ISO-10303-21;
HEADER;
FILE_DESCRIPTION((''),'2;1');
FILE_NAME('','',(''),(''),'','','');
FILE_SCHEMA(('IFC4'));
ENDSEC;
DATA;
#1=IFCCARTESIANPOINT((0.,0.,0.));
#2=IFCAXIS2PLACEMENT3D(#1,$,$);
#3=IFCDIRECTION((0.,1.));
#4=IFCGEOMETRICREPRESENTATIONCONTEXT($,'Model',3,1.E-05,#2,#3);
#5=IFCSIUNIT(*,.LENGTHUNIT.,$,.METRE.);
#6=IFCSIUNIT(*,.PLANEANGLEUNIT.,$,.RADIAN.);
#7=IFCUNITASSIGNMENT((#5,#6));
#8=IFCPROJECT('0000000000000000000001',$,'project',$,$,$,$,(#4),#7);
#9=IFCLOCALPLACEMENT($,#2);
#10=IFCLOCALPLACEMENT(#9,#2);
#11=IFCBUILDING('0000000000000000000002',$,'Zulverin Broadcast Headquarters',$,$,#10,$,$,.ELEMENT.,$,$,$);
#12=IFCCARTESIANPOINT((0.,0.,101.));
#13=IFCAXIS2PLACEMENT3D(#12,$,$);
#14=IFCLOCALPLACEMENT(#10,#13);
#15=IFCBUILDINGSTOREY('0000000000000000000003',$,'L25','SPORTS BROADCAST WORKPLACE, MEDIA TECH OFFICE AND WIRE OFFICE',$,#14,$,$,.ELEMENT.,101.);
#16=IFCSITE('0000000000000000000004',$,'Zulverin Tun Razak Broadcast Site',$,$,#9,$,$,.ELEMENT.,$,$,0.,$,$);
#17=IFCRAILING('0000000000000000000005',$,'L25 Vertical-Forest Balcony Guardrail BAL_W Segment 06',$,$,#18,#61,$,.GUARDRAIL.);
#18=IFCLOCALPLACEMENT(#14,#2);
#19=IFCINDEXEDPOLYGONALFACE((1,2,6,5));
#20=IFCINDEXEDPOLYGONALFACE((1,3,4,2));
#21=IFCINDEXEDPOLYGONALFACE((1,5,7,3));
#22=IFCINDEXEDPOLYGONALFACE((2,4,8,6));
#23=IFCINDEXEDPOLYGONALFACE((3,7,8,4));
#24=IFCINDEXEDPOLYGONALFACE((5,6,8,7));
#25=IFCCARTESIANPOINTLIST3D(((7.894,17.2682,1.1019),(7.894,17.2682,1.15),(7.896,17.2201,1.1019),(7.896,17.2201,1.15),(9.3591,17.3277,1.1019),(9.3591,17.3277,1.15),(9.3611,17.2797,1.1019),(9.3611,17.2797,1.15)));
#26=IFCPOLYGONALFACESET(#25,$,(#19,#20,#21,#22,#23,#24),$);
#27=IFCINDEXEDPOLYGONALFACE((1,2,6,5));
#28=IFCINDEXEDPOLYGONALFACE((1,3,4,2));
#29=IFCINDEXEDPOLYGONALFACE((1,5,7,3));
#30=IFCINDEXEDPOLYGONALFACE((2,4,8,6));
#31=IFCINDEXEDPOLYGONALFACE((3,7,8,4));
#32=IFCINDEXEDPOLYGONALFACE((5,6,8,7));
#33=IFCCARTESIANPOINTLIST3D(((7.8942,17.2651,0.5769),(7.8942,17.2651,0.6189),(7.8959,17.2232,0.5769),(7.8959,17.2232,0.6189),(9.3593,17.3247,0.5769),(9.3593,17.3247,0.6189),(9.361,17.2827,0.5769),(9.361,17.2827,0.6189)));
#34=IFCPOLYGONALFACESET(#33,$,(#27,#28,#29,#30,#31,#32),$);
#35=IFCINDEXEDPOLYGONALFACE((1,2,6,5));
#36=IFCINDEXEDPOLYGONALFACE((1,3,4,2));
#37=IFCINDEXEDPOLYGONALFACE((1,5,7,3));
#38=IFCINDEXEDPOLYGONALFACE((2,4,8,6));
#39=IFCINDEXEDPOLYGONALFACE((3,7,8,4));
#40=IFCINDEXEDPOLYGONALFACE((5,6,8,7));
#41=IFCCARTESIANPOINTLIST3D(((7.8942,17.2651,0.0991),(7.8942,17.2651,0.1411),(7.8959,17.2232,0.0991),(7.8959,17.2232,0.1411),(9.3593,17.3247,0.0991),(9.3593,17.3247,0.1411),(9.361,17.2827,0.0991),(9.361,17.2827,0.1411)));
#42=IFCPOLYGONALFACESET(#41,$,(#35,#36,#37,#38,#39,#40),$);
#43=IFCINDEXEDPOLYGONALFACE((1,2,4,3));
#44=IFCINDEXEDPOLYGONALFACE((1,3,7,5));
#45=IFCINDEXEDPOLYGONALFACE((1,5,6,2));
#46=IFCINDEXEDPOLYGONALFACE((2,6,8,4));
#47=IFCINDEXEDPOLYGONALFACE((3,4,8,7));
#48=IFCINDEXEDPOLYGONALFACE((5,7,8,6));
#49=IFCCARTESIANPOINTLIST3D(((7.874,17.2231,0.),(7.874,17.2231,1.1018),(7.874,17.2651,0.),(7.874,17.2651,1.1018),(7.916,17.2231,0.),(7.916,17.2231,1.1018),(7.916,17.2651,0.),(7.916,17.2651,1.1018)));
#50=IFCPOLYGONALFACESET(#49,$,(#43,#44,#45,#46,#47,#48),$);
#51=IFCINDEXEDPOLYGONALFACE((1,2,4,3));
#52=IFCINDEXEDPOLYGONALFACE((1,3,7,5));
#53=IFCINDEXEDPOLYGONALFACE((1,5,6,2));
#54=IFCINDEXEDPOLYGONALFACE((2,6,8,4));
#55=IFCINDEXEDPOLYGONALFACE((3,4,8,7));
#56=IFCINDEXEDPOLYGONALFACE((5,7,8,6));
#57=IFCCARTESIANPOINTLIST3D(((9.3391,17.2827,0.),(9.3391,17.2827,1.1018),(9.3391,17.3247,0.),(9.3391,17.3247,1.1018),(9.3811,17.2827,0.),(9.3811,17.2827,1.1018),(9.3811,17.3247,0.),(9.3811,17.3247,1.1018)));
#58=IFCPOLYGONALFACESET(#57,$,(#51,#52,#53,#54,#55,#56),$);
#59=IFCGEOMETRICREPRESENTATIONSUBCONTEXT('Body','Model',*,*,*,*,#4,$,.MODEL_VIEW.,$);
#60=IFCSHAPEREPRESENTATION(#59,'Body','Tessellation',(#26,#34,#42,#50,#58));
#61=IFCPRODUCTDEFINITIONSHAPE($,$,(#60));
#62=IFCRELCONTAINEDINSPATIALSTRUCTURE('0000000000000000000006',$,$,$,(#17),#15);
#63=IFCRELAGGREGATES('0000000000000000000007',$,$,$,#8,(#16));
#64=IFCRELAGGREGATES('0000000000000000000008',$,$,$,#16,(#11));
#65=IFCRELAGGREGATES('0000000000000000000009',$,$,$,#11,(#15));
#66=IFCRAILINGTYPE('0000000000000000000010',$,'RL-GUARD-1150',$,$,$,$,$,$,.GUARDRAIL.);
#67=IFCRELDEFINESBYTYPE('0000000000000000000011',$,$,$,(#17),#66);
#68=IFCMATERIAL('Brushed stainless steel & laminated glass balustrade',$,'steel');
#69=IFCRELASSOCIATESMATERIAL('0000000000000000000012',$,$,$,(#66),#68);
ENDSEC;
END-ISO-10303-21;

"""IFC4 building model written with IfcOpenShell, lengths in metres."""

from ifc_helpers import new_model, si_unit, direction, frame, origin, origin_2d, place, context, subcontext, project, spatial, rectangle, extrude, material, type_object, element, save


model = new_model("IFC4")

# Units and contexts
model_context = context("Model", 3, precision=1e-05, world=origin(), true_north=direction((0.0, 1.0)))
body_context = subcontext(model_context, "Body", "Model", "MODEL_VIEW")
ifc_project = project(units=[si_unit("LENGTHUNIT", "METRE"), si_unit("PLANEANGLEUNIT", "RADIAN")], contexts=[model_context])

# Site, building, storey
site_placement = place(None, origin())
site = spatial("IfcSite", under=ifc_project, at=site_placement, Name="Zulverin Tun Razak Broadcast Site", CompositionType="ELEMENT", RefElevation=0.0)
building_placement = place(site_placement, origin())
building = spatial("IfcBuilding", under=site, at=building_placement, Name="Zulverin Broadcast Headquarters", CompositionType="ELEMENT")
storey_placement = place(building_placement, frame((0.0, 0.0, 101.0)))
storey = spatial("IfcBuildingStorey", under=building, at=storey_placement, Name="L25", Description="SPORTS BROADCAST WORKPLACE, MEDIA TECH OFFICE AND WIRE OFFICE", CompositionType="ELEMENT", Elevation=101.0)

# Railing
ifc_material_1 = material(Name="Brushed stainless steel & laminated glass balustrade", Category="steel")
railing_type = type_object("IfcRailingType", Name="RL-GUARD-1150", PredefinedType="GUARDRAIL", material=ifc_material_1)
railing_1_placement = place(storey_placement, frame((7.895, 17.2441, 0.0)))
element("IfcRailing", 1, at=railing_1_placement, inside=storey, type_object=railing_type, Name="L25 Vertical-Forest Balcony Guardrail BAL_W Segment 06", PredefinedType="GUARDRAIL", context=body_context, shape_type="SweptSolid", body=[
    extrude(rectangle(XDim=0.0481, YDim=0.0481, at=origin_2d()), frame((0.0, 0.0, 1.126), z_axis=(0.999174, 0.040626, 0.0), x_axis=(-0.040626, 0.999174, 0.0)), (0.0, 0.0, 1.0), 1.4663),
    extrude(rectangle(XDim=0.042, YDim=0.042, at=origin_2d()), frame((0.0, 0.0, 0.5979), z_axis=(0.999174, 0.040626, 0.0), x_axis=(-0.040626, 0.999174, 0.0)), (0.0, 0.0, 1.0), 1.4663),
    extrude(rectangle(XDim=0.042, YDim=0.042, at=origin_2d()), frame((0.0, 0.0, 0.1201), z_axis=(0.999174, 0.040626, 0.0), x_axis=(-0.040626, 0.999174, 0.0)), (0.0, 0.0, 1.0), 1.4663),
    extrude(rectangle(XDim=0.042, YDim=0.042, at=origin_2d()), origin(), (0.0, 0.0, 1.0), 1.1018),
    extrude(rectangle(XDim=0.042, YDim=0.042, at=origin_2d()), frame((1.4651, 0.0596, 0.0)), (0.0, 0.0, 1.0), 1.1018),
])

save(model, "model.ifc")
